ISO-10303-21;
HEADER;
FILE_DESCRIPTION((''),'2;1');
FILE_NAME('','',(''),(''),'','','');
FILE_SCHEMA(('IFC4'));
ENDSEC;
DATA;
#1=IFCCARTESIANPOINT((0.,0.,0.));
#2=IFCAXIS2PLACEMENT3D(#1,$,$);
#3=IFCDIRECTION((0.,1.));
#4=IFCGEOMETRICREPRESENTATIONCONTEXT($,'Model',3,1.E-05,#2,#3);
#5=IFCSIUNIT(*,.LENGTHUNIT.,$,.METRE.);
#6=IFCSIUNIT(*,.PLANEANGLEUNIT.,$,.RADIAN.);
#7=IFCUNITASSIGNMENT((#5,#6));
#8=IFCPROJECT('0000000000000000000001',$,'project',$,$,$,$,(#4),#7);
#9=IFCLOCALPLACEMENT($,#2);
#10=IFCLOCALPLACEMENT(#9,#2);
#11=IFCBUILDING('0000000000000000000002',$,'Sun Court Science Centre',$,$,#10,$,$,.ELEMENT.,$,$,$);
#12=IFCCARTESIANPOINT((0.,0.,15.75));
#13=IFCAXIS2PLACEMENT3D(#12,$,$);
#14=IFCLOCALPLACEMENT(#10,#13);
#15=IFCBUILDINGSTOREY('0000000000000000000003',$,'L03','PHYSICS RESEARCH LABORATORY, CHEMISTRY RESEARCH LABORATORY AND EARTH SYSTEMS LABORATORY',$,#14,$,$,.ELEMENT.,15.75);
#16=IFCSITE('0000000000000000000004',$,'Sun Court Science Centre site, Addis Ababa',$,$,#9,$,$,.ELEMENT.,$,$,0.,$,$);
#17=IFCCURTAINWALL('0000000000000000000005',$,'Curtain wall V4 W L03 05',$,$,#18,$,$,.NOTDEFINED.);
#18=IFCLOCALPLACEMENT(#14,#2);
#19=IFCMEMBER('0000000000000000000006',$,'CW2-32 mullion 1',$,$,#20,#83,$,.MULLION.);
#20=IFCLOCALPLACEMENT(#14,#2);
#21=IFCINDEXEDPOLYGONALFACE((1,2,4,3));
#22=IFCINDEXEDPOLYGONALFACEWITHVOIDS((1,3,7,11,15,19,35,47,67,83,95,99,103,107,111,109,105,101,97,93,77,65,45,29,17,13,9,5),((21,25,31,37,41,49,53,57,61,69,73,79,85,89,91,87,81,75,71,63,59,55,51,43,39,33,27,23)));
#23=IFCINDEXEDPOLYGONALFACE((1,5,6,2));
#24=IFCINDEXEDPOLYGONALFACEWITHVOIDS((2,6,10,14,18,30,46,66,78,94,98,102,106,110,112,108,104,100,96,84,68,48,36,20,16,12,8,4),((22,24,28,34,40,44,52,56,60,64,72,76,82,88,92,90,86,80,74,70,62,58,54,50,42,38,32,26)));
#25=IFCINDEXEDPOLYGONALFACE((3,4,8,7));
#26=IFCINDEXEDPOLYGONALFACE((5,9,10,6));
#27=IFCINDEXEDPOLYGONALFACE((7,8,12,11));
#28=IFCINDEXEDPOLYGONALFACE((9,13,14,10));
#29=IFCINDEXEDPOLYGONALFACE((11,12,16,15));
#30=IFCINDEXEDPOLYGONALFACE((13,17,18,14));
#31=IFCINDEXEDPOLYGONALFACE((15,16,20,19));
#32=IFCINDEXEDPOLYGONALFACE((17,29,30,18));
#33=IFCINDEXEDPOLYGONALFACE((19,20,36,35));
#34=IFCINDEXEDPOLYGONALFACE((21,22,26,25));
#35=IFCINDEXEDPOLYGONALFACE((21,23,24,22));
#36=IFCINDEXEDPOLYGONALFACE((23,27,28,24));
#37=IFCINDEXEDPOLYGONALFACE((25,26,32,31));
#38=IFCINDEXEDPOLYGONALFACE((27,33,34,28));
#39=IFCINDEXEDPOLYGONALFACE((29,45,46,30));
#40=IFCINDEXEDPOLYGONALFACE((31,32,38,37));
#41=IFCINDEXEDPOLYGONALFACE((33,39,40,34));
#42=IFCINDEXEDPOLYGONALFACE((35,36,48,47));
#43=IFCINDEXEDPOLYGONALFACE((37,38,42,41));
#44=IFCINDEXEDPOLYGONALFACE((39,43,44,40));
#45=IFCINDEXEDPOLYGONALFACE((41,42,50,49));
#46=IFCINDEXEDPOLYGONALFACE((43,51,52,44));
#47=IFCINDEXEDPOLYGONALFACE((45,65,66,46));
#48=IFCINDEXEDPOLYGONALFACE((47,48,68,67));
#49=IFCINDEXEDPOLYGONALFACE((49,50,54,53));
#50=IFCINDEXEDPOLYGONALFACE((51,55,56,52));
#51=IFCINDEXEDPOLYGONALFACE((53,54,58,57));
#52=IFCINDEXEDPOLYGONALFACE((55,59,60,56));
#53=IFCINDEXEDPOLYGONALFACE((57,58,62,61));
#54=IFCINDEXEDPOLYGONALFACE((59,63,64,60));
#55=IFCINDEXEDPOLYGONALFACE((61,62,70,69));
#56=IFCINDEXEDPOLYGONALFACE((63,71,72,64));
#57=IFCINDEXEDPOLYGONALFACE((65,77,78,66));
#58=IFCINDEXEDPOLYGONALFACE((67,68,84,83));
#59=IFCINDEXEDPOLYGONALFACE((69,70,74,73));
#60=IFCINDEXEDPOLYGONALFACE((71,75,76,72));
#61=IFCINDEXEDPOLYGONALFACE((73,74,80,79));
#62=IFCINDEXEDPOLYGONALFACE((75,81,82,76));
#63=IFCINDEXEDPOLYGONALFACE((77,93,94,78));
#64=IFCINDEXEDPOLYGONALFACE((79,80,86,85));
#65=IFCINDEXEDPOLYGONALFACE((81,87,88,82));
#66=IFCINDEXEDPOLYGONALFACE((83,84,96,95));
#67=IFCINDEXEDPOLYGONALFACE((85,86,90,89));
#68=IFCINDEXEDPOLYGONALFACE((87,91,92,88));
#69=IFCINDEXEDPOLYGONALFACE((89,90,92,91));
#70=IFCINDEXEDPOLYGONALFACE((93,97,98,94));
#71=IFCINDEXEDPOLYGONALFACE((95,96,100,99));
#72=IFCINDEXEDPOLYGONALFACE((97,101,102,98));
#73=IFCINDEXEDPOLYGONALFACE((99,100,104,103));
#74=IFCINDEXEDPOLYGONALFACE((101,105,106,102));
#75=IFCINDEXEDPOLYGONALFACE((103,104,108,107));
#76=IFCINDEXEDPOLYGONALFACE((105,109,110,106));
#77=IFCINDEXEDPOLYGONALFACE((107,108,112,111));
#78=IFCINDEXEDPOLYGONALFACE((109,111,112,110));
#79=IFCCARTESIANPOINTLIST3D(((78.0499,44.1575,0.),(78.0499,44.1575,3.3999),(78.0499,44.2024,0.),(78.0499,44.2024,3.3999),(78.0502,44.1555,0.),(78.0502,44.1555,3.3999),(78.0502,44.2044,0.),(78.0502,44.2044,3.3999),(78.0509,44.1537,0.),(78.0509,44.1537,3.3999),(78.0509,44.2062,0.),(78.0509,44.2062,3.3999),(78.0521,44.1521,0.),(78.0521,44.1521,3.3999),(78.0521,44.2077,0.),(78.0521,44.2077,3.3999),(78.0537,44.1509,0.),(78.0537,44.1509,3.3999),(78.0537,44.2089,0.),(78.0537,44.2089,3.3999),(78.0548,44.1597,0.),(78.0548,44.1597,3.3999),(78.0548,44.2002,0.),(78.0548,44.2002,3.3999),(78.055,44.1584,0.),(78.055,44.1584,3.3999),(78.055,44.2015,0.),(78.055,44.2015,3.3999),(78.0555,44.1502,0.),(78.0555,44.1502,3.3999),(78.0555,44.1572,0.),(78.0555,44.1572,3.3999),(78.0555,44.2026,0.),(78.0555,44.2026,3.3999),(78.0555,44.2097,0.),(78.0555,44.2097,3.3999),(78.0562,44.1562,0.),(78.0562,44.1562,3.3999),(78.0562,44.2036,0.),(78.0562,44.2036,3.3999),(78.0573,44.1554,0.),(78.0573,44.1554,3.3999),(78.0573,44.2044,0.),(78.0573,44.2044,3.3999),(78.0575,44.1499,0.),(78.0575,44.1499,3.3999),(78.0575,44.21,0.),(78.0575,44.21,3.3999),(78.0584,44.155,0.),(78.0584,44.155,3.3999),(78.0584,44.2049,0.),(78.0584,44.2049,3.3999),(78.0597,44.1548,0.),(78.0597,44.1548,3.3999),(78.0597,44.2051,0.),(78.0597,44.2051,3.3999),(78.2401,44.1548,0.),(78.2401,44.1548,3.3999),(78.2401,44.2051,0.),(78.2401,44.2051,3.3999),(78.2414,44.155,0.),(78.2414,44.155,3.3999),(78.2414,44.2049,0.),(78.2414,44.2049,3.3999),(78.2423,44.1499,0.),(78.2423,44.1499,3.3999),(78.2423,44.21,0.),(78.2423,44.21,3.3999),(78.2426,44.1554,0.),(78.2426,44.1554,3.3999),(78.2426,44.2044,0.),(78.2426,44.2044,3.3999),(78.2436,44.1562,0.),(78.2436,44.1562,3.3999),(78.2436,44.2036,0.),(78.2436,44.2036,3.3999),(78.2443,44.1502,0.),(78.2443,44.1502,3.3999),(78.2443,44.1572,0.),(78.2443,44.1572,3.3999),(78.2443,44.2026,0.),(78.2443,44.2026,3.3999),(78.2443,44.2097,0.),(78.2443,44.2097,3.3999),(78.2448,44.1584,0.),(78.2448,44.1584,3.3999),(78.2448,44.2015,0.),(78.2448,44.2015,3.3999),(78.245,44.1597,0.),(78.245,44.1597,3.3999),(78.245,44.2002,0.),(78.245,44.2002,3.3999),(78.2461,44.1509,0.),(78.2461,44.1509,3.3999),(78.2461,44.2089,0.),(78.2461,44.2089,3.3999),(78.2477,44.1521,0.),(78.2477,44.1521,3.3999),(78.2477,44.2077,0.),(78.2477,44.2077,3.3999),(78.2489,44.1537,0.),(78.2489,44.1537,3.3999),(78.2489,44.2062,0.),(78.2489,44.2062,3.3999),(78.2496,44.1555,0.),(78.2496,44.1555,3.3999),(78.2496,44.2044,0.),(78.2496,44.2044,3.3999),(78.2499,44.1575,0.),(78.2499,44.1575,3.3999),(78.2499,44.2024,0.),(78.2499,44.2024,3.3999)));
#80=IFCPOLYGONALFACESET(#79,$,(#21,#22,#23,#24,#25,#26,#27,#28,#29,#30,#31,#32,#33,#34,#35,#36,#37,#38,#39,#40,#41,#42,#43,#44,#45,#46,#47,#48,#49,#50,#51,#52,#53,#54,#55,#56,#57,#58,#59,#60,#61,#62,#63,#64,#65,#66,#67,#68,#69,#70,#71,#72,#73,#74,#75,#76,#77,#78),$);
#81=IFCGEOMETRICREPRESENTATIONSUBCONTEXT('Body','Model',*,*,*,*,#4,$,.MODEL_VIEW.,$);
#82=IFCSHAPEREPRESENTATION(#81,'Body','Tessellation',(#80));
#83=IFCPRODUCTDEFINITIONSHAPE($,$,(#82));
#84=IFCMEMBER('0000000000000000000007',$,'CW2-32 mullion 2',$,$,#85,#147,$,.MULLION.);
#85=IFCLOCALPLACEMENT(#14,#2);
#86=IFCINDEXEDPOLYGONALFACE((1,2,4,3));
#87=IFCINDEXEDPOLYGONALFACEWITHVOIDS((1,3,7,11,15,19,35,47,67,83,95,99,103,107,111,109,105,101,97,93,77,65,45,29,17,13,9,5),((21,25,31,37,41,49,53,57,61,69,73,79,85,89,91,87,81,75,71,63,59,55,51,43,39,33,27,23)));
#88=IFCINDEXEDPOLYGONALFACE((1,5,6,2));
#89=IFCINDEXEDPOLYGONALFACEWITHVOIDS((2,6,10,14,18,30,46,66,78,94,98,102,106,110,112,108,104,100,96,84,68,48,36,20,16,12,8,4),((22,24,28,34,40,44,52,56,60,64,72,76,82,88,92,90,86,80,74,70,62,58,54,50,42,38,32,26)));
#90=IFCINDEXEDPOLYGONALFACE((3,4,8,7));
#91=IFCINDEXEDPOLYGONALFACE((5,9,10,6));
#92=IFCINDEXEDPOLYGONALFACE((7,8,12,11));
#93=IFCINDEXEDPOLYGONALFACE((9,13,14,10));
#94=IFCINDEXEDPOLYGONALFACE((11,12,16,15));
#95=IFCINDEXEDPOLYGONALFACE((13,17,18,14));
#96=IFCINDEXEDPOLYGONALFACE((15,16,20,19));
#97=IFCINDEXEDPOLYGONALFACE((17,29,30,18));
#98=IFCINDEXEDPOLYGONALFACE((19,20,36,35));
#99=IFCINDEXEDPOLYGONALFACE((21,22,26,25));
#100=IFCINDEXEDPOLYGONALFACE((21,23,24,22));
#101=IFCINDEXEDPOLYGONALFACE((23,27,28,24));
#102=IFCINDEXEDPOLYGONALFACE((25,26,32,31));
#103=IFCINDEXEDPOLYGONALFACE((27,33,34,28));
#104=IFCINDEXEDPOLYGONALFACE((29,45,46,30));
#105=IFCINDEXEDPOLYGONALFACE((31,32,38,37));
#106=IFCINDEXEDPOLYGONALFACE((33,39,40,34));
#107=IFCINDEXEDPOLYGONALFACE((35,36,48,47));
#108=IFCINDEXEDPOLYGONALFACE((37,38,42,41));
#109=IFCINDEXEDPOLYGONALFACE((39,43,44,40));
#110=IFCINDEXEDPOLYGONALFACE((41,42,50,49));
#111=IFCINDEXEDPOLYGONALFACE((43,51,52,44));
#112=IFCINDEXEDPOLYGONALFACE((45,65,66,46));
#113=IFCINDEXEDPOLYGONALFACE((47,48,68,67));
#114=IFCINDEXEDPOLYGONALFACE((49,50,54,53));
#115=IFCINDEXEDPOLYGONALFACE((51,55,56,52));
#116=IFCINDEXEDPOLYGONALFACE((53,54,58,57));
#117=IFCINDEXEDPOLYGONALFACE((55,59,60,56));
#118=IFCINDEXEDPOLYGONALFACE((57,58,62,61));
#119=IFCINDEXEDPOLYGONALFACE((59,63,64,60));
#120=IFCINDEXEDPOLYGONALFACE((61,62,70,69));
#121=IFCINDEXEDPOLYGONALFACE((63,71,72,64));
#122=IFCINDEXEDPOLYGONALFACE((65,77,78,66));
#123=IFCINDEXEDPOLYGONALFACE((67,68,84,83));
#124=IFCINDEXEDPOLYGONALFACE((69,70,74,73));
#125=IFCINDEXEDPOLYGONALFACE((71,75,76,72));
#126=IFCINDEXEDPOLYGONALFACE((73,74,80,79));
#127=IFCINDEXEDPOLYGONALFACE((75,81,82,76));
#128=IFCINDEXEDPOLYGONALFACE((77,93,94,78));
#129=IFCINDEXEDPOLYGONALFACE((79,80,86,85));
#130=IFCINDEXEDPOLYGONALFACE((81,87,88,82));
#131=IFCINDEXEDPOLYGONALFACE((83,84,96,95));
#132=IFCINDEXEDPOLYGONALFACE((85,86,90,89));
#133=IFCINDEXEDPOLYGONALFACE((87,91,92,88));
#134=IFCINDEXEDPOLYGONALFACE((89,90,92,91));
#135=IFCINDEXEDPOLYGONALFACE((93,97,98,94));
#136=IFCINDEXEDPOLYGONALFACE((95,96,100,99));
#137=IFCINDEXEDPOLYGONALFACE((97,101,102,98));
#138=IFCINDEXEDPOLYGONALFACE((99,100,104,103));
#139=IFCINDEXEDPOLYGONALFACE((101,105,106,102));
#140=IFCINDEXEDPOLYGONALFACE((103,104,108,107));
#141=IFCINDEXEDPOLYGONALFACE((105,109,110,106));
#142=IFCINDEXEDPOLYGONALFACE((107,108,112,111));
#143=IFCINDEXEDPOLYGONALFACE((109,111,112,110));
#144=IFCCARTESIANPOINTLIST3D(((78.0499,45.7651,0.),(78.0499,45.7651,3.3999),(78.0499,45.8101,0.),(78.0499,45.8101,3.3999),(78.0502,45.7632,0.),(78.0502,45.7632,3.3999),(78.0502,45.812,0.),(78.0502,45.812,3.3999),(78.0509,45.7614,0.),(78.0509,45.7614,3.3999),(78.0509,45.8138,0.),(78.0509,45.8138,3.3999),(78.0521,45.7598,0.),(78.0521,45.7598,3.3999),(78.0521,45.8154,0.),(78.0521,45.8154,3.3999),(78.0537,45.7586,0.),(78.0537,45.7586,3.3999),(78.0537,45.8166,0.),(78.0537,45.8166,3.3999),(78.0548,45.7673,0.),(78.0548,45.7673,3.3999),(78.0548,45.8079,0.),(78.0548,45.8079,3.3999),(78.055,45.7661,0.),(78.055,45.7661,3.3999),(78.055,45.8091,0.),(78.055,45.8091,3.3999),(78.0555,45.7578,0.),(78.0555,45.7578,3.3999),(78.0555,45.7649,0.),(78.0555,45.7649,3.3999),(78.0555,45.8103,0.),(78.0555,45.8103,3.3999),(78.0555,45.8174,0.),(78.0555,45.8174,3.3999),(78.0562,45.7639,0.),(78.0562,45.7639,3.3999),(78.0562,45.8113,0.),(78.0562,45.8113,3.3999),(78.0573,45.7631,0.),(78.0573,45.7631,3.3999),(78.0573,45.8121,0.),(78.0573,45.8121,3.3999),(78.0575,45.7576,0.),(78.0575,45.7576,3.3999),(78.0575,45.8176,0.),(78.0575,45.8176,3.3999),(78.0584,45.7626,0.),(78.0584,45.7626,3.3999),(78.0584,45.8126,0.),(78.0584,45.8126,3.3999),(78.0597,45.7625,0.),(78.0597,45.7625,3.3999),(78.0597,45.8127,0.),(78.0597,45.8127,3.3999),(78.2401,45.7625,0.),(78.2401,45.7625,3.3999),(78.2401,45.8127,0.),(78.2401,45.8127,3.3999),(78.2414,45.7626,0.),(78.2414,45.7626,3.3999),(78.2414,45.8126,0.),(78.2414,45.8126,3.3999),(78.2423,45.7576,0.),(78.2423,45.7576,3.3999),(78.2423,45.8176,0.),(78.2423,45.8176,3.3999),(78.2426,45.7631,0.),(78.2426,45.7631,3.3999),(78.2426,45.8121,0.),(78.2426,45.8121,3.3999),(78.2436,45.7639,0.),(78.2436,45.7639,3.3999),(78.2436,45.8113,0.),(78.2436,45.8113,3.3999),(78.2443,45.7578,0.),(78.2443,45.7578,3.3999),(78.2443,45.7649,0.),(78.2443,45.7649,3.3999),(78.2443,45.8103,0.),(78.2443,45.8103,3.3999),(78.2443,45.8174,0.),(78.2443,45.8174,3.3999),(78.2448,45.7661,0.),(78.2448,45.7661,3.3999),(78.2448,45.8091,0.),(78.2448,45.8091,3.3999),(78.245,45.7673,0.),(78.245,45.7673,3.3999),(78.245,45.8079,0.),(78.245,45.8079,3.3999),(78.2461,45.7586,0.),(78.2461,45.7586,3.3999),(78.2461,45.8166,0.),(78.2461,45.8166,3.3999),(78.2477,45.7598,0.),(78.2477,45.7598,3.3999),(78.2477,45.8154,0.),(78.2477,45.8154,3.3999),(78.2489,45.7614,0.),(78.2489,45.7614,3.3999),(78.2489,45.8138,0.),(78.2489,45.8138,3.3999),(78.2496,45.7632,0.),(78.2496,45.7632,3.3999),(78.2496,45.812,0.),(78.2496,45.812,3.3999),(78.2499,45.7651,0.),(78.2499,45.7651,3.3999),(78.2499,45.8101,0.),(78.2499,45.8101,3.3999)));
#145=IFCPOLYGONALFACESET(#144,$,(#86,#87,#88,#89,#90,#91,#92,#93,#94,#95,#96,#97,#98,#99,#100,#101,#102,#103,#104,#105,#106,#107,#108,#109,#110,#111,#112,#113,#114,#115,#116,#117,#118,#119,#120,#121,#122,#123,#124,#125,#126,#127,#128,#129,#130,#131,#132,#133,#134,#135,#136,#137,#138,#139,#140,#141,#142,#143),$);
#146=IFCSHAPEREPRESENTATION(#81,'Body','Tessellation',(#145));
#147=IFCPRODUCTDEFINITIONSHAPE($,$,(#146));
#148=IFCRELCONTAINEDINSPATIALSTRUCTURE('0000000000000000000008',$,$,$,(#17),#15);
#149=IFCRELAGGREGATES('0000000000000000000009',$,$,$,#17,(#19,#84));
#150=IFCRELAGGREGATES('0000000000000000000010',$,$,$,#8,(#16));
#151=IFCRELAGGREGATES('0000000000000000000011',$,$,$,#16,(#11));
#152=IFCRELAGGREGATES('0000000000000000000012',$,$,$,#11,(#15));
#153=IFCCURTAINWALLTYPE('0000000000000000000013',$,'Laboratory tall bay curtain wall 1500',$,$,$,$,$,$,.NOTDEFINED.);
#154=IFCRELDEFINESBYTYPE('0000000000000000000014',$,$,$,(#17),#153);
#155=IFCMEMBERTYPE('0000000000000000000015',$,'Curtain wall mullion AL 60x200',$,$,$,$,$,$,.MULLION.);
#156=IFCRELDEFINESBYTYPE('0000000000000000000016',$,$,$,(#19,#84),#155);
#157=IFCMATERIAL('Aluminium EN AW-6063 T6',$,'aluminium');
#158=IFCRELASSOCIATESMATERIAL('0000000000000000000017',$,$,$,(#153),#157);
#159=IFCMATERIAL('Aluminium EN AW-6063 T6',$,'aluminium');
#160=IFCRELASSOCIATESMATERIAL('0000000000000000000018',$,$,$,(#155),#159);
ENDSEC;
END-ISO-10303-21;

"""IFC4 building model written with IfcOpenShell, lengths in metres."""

from ifc_helpers import new_model, si_unit, direction, frame, origin, origin_2d, place, context, subcontext, project, spatial, hollow_rectangle, extrude, material, material_profile, profile_set, type_object, element, aggregate, save


model = new_model("IFC4")

# Units and contexts
model_context = context("Model", 3, precision=1e-05, world=origin(), true_north=direction((0.0, 1.0)))
body_context = subcontext(model_context, "Body", "Model", "MODEL_VIEW")
ifc_project = project(units=[si_unit("LENGTHUNIT", "METRE"), si_unit("PLANEANGLEUNIT", "RADIAN")], contexts=[model_context])

# Site, building, storey
site_placement = place(None, origin())
site = spatial("IfcSite", under=ifc_project, at=site_placement, Name="Sun Court Science Centre site, Addis Ababa", CompositionType="ELEMENT", RefElevation=0.0)
building_placement = place(site_placement, origin())
building = spatial("IfcBuilding", under=site, at=building_placement, Name="Sun Court Science Centre", CompositionType="ELEMENT")
storey_placement = place(building_placement, frame((0.0, 0.0, 15.75)))
storey = spatial("IfcBuildingStorey", under=building, at=storey_placement, Name="L03", Description="PHYSICS RESEARCH LABORATORY, CHEMISTRY RESEARCH LABORATORY AND EARTH SYSTEMS LABORATORY", CompositionType="ELEMENT", Elevation=15.75)

# Curtain wall, members
ifc_material_1 = material(Name="Aluminium EN AW-6063 T6", Category="aluminium")
curtain_wall_type = type_object("IfcCurtainWallType", Name="Laboratory tall bay curtain wall 1500", PredefinedType="NOTDEFINED", material=ifc_material_1)
ifc_material_2 = material(Name="Aluminium EN AW-6063 T6", Category="aluminium")
ifc_material_profile_1 = material_profile(ifc_material_2, hollow_rectangle(XDim=0.0601, YDim=0.2, WallThickness=0.0049, InnerFilletRadius=0.0049, OuterFilletRadius=0.0076, at=origin_2d()), Name="AL 60x200x5")
ifc_profile_set_1 = profile_set([ifc_material_profile_1], Name="Aluminium EN AW-6063 T6")
member_type_1 = type_object("IfcMemberType", Name="Curtain wall mullion AL 60x200", PredefinedType="MULLION", material=ifc_profile_set_1)
curtain_wall_1_placement = place(storey_placement, origin())
curtain_wall_1 = element("IfcCurtainWall", 1, at=curtain_wall_1_placement, inside=storey, type_object=curtain_wall_type, Name="Curtain wall V4 W L03 05", PredefinedType="NOTDEFINED")
member_1_placement = place(storey_placement, frame((78.1499, 44.1799, 0.0), z_axis=(0.0, 0.0, 1.0), x_axis=(0.0, 1.0, 0.0)))
member_1 = element("IfcMember", 2, at=member_1_placement, type_object=member_type_1, Name="CW2-32 mullion 1", PredefinedType="MULLION", context=body_context, shape_type="SweptSolid", body=[
    extrude(hollow_rectangle(XDim=0.0601, YDim=0.2, WallThickness=0.0049, InnerFilletRadius=0.0049, OuterFilletRadius=0.0076, at=origin_2d()), origin(), (0.0, 0.0, 1.0), 3.3999),
])
member_2_placement = place(storey_placement, frame((78.1499, 45.7876, 0.0), z_axis=(0.0, 0.0, 1.0), x_axis=(0.0, 1.0, 0.0)))
member_2 = element("IfcMember", 3, at=member_2_placement, type_object=member_type_1, Name="CW2-32 mullion 2", PredefinedType="MULLION", context=body_context, shape_type="SweptSolid", body=[
    extrude(hollow_rectangle(XDim=0.0601, YDim=0.2, WallThickness=0.0049, InnerFilletRadius=0.0049, OuterFilletRadius=0.0076, at=origin_2d()), origin(), (0.0, 0.0, 1.0), 3.3999),
])

aggregate(curtain_wall_1, [member_1, member_2])

save(model, "model.ifc")
